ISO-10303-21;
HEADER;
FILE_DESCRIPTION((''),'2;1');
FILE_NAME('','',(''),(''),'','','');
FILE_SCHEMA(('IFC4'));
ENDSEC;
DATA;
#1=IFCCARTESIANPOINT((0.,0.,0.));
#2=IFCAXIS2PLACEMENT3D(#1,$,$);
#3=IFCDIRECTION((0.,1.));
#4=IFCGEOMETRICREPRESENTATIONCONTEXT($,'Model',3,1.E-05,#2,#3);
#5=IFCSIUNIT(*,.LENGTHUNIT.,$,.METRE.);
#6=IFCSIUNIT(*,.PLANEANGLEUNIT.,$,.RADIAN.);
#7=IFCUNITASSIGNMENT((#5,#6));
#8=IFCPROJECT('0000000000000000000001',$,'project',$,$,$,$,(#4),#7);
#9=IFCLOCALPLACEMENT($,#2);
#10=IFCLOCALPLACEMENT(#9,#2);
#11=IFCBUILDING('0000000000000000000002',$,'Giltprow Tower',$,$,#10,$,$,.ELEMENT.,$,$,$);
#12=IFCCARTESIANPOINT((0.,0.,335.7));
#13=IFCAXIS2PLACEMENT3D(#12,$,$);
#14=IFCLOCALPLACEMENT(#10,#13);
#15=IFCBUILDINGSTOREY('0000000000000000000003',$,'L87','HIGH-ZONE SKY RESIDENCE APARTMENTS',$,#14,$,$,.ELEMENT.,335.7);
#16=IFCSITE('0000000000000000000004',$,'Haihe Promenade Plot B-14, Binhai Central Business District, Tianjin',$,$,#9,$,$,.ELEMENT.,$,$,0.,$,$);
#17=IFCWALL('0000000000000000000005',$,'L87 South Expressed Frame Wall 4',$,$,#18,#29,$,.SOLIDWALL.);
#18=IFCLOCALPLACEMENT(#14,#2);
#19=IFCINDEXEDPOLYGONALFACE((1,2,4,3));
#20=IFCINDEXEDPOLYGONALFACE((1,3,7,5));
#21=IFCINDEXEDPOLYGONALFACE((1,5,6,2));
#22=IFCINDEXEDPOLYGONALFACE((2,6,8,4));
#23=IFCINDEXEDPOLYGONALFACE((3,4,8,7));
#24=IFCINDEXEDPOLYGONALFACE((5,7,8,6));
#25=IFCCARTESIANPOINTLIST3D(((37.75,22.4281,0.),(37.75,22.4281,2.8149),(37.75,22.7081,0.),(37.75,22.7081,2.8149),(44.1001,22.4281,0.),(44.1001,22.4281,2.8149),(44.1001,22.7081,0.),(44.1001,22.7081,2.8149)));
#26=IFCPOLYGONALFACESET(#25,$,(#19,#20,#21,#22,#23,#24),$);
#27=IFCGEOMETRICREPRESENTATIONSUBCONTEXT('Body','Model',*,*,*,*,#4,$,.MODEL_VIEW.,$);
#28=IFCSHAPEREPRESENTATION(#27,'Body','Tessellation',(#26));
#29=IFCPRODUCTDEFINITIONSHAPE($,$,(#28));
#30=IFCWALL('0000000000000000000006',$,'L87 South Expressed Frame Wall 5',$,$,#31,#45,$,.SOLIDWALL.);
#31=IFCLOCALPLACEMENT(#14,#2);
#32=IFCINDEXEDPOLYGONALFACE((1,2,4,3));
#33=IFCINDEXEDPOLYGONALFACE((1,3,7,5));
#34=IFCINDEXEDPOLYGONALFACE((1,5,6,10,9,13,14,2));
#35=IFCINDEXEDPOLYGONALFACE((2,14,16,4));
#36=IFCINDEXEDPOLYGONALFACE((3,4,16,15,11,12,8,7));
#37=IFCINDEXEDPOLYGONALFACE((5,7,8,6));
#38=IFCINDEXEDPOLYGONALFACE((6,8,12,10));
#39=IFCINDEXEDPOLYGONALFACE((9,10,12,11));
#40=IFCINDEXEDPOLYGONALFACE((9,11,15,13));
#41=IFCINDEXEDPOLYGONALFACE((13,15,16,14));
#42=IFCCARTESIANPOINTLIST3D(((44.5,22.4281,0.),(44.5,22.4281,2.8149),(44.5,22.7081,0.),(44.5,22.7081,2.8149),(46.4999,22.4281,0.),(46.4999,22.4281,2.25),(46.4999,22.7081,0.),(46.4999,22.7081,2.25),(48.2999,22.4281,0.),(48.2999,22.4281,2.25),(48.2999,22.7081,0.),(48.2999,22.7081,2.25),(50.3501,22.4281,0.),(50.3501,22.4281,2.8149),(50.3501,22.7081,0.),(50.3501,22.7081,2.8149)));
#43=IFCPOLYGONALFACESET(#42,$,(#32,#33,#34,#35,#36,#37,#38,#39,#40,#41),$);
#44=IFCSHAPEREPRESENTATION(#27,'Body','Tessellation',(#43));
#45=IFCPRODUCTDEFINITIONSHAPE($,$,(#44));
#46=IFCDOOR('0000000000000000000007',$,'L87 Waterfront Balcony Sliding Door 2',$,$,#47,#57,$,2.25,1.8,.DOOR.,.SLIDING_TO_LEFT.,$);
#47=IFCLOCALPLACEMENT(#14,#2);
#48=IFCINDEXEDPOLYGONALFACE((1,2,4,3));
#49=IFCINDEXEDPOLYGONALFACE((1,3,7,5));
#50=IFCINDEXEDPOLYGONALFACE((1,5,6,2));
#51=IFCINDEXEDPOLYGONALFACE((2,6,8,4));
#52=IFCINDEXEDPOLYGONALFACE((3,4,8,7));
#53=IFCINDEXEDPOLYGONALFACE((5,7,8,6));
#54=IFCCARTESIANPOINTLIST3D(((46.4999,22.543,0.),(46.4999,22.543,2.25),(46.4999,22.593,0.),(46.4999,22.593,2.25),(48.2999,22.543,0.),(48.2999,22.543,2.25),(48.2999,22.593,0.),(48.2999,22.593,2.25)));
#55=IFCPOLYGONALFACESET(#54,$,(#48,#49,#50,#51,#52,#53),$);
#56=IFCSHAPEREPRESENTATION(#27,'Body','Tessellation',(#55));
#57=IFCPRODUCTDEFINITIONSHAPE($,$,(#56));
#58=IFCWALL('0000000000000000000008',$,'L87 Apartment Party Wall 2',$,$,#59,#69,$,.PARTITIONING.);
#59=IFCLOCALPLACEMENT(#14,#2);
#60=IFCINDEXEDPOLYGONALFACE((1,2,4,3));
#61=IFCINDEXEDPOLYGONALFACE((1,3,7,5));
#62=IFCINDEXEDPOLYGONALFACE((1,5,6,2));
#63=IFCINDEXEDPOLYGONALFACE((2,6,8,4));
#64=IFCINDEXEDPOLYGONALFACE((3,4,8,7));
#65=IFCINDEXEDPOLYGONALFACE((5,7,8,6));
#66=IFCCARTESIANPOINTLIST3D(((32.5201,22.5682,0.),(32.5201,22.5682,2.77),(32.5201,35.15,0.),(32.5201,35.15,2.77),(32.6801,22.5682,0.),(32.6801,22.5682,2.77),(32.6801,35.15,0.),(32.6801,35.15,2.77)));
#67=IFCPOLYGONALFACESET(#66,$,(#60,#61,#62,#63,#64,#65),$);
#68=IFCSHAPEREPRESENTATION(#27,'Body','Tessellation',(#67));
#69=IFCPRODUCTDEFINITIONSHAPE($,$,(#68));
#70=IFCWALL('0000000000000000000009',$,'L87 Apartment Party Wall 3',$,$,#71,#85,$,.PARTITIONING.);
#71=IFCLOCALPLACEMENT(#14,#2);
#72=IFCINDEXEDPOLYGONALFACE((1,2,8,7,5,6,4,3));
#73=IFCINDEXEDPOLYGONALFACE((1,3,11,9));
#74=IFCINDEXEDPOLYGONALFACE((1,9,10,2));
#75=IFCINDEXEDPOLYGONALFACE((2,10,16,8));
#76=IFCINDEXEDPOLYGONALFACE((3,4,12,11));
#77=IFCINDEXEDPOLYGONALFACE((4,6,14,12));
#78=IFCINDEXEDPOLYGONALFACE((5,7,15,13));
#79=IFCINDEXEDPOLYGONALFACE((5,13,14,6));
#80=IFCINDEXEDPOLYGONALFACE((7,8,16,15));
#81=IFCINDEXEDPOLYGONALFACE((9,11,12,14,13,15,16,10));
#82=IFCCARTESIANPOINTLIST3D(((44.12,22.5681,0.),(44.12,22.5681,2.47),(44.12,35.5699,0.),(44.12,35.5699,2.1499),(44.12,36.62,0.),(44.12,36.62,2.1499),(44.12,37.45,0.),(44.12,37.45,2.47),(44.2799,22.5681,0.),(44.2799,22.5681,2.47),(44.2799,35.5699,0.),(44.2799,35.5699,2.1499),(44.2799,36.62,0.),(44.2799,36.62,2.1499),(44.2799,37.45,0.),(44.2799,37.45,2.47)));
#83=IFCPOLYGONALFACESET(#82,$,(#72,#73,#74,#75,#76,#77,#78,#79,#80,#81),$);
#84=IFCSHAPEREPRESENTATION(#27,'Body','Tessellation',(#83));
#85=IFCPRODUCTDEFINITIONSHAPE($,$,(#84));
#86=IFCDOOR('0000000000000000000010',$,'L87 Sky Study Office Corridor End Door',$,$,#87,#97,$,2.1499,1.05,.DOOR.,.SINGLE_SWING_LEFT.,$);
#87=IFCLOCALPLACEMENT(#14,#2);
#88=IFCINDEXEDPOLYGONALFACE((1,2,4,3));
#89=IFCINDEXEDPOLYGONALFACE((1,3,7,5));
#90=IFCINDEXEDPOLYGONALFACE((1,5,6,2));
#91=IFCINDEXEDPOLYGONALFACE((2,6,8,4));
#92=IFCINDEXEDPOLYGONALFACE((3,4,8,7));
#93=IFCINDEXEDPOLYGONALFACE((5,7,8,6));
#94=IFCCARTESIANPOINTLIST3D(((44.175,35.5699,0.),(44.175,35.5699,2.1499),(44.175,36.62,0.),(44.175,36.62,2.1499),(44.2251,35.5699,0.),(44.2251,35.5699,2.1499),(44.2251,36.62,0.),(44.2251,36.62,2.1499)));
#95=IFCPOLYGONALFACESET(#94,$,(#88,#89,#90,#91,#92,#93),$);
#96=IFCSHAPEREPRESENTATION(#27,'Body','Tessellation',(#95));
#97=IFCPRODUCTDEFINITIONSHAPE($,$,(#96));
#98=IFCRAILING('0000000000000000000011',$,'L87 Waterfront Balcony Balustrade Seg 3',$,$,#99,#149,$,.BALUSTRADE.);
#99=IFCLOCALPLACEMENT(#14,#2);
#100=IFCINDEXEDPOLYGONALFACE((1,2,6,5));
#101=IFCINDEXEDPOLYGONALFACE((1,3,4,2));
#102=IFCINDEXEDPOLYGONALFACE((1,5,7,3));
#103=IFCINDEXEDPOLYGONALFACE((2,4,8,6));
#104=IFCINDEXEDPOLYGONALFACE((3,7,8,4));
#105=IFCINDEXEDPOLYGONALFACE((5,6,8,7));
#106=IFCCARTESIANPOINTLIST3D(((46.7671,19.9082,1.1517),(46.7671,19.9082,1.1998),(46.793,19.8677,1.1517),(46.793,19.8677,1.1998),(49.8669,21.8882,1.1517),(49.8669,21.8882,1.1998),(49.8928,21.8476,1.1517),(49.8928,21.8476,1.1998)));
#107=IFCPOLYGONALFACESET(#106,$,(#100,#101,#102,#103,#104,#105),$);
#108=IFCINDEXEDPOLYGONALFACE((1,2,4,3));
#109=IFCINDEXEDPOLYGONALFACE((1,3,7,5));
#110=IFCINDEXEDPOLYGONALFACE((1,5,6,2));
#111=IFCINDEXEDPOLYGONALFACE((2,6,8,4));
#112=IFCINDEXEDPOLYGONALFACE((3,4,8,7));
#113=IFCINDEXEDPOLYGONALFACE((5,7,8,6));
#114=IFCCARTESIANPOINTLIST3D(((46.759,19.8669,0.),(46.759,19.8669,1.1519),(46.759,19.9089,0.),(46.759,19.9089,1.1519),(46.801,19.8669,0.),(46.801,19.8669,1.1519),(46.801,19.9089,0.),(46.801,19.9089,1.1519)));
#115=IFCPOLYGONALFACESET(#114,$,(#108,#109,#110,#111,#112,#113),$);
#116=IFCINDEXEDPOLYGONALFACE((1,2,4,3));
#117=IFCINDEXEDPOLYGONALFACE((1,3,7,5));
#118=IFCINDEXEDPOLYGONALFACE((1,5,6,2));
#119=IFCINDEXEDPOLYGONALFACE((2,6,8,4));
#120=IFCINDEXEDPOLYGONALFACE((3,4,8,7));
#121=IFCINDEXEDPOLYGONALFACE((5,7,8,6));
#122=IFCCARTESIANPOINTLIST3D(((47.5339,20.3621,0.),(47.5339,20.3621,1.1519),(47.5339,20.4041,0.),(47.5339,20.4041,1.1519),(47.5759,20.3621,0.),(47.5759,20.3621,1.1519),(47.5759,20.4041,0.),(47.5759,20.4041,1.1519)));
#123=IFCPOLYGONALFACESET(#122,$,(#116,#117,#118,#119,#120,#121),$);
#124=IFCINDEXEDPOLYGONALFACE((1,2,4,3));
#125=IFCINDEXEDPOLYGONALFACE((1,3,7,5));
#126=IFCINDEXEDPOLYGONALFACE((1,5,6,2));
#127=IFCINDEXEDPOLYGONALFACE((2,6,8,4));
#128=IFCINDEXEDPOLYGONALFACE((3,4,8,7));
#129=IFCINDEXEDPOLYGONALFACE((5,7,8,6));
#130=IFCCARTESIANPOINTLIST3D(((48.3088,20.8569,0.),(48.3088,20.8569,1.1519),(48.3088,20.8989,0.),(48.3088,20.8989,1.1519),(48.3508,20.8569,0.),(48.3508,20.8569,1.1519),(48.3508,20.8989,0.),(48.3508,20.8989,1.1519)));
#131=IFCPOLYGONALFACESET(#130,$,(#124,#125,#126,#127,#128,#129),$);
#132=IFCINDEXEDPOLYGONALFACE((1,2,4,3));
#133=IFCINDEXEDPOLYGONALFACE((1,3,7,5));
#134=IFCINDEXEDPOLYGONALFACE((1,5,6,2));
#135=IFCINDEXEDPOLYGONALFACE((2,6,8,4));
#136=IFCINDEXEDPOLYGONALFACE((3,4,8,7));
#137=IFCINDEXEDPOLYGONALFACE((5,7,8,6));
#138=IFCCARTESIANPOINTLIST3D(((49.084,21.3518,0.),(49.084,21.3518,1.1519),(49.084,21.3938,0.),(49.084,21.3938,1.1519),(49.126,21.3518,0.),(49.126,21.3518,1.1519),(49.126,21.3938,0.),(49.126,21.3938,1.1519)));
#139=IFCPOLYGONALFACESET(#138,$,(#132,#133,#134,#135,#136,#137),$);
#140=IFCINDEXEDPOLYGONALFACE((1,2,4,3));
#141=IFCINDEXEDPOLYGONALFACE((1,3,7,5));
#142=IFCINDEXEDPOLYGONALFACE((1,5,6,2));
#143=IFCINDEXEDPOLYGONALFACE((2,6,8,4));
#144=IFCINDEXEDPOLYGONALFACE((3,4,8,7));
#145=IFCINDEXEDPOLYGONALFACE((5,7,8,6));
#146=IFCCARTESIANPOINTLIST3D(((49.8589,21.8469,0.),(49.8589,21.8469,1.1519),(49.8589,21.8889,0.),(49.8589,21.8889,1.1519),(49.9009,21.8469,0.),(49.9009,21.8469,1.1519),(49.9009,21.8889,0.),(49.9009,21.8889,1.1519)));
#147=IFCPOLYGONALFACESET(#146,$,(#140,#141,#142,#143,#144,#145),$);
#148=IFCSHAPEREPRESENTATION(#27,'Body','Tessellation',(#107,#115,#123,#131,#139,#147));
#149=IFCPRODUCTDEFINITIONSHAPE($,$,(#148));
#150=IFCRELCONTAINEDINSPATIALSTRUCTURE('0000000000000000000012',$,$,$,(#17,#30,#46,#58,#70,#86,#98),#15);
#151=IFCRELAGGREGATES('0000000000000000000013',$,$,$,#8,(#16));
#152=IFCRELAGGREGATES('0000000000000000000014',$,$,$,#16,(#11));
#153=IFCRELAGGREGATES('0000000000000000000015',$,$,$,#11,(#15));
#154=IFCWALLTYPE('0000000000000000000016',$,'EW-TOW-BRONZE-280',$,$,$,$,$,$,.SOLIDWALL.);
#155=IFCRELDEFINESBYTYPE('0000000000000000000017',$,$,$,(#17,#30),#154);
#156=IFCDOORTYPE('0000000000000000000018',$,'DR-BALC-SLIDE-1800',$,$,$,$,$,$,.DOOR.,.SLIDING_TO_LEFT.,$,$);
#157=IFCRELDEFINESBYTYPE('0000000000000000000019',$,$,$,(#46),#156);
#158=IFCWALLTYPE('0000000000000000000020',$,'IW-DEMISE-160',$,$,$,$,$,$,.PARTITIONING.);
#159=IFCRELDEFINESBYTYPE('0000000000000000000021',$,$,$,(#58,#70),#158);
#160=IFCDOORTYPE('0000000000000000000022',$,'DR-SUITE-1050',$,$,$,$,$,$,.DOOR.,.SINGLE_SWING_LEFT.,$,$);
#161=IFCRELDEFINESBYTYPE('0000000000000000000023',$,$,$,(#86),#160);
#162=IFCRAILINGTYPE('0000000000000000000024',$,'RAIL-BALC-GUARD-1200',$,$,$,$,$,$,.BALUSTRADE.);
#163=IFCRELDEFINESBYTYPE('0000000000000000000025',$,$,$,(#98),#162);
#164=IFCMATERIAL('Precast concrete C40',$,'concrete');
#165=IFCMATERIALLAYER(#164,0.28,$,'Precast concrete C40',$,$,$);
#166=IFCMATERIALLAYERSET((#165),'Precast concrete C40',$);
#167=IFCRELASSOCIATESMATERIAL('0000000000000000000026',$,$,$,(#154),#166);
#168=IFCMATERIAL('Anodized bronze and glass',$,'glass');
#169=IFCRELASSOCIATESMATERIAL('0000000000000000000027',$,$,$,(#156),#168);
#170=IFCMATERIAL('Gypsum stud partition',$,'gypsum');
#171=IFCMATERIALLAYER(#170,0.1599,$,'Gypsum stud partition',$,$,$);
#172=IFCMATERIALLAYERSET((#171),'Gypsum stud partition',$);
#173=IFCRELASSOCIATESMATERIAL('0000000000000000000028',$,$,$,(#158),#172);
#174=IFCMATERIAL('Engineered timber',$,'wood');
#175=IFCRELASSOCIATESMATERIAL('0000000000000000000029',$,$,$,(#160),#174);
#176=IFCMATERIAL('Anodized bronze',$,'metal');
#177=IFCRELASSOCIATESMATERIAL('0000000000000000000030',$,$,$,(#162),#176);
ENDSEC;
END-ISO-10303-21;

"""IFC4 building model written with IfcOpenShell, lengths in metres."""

from ifc_helpers import new_model, si_unit, direction, frame, frame_2d, origin, origin_2d, place, context, subcontext, project, spatial, rectangle, extrude, source, transform, mapped, material, layer, layer_set, type_object, element, fill, save


model = new_model("IFC4")

# Units and contexts
model_context = context("Model", 3, precision=1e-05, world=origin(), true_north=direction((0.0, 1.0)))
body_context = subcontext(model_context, "Body", "Model", "MODEL_VIEW")
ifc_project = project(units=[si_unit("LENGTHUNIT", "METRE"), si_unit("PLANEANGLEUNIT", "RADIAN")], contexts=[model_context])

# Site, building, storey
site_placement = place(None, origin())
site = spatial("IfcSite", under=ifc_project, at=site_placement, Name="Haihe Promenade Plot B-14, Binhai Central Business District, Tianjin", CompositionType="ELEMENT", RefElevation=0.0)
building_placement = place(site_placement, origin())
building = spatial("IfcBuilding", under=site, at=building_placement, Name="Giltprow Tower", CompositionType="ELEMENT")
storey_placement = place(building_placement, frame((0.0, 0.0, 335.7)))
storey = spatial("IfcBuildingStorey", under=building, at=storey_placement, Name="L87", Description="HIGH-ZONE SKY RESIDENCE APARTMENTS", CompositionType="ELEMENT", Elevation=335.7)

# Wall
ifc_material_1 = material(Name="Precast concrete C40", Category="concrete")
ifc_layer_1 = layer(ifc_material_1, 0.28, Name="Precast concrete C40")
ifc_layer_set_1 = layer_set([ifc_layer_1], Name="Precast concrete C40")
wall_type_1 = type_object("IfcWallType", Name="EW-TOW-BRONZE-280", PredefinedType="SOLIDWALL", material=ifc_layer_set_1)
wall_1_placement = place(storey_placement, frame((37.75, 22.5681, 0.0), z_axis=(0.0, 0.0, 1.0), x_axis=(1.0, 0.0, 0.0)))
element("IfcWall", 1, at=wall_1_placement, inside=storey, type_object=wall_type_1, Name="L87 South Expressed Frame Wall 4", PredefinedType="SOLIDWALL", context=body_context, shape_type="SweptSolid", body=[
    extrude(rectangle(XDim=6.3501, YDim=0.28, at=frame_2d((3.175, 0.0))), origin(), (0.0, 0.0, 1.0), 2.8149),
])

# Wall, opening, door
wall_2_placement = place(storey_placement, frame((44.5, 22.5681, 0.0), z_axis=(0.0, 0.0, 1.0), x_axis=(1.0, 0.0, 0.0)))
wall_2 = element("IfcWall", 2, at=wall_2_placement, inside=storey, type_object=wall_type_1, Name="L87 South Expressed Frame Wall 5", PredefinedType="SOLIDWALL", context=body_context, shape_type="SweptSolid", body=[
    extrude(rectangle(XDim=5.8501, YDim=0.28, at=frame_2d((2.925, 0.0))), origin(), (0.0, 0.0, 1.0), 2.8149),
])
opening_1_placement = place(wall_2_placement, frame((2.0, 0.0, 0.0)))
opening_1 = element("IfcOpeningElement", 3, at=opening_1_placement, cuts=wall_2, PredefinedType="OPENING", context=body_context, shape_type="SweptSolid", body=[
    extrude(rectangle(XDim=1.8, YDim=2.25, at=frame_2d((0.8999, 1.125))), frame((0.0, 0.1499, 0.0), z_axis=(0.0, -1.0, 0.0), x_axis=(1.0, 0.0, 0.0)), (0.0, 0.0, 1.0), 0.3),
])
ifc_material_2 = material(Name="Anodized bronze and glass", Category="glass")
door_type_1 = type_object("IfcDoorType", Name="DR-BALC-SLIDE-1800", OperationType="SLIDING_TO_LEFT", PredefinedType="DOOR", material=ifc_material_2)
shared_shape_1 = source(origin(), body_context, "Body", "SweptSolid", [
    extrude(rectangle(XDim=1.8, YDim=2.25, at=frame_2d((0.8999, 1.125))), frame((0.0, 0.0249, 0.0), z_axis=(0.0, -1.0, 0.0), x_axis=(1.0, 0.0, 0.0)), (0.0, 0.0, 1.0), 0.05),
])
door_1_placement = place(opening_1_placement, origin())
door_1 = element("IfcDoor", 4, at=door_1_placement, inside=storey, type_object=door_type_1, Name="L87 Waterfront Balcony Sliding Door 2", OperationType="SLIDING_TO_LEFT", OverallHeight=2.25, OverallWidth=1.8, PredefinedType="DOOR", context=body_context, shape_type="MappedRepresentation", body=[
    mapped(shared_shape_1, transform((0.0, 0.0, 0.0), x_axis=(1.0, 0.0, 0.0), y_axis=(0.0, 1.0, 0.0), z_axis=(0.0, 0.0, 1.0), scale=1.0)),
])
fill(opening_1, door_1)

# Wall
ifc_material_3 = material(Name="Gypsum stud partition", Category="gypsum")
ifc_layer_2 = layer(ifc_material_3, 0.1599, Name="Gypsum stud partition")
ifc_layer_set_2 = layer_set([ifc_layer_2], Name="Gypsum stud partition")
wall_type_2 = type_object("IfcWallType", Name="IW-DEMISE-160", PredefinedType="PARTITIONING", material=ifc_layer_set_2)
wall_3_placement = place(storey_placement, frame((32.6001, 22.5681, 0.0), z_axis=(0.0, 0.0, 1.0), x_axis=(0.0, 1.0, 0.0)))
element("IfcWall", 5, at=wall_3_placement, inside=storey, type_object=wall_type_2, Name="L87 Apartment Party Wall 2", PredefinedType="PARTITIONING", context=body_context, shape_type="SweptSolid", body=[
    extrude(rectangle(XDim=12.5818, YDim=0.1599, at=frame_2d((6.291, 0.0))), origin(), (0.0, 0.0, 1.0), 2.77),
])

# Wall, opening, door
wall_4_placement = place(storey_placement, frame((44.2, 22.5681, 0.0), z_axis=(0.0, 0.0, 1.0), x_axis=(0.0, 1.0, 0.0)))
wall_4 = element("IfcWall", 6, at=wall_4_placement, inside=storey, type_object=wall_type_2, Name="L87 Apartment Party Wall 3", PredefinedType="PARTITIONING", context=body_context, shape_type="SweptSolid", body=[
    extrude(rectangle(XDim=14.8818, YDim=0.1599, at=frame_2d((7.4409, 0.0))), origin(), (0.0, 0.0, 1.0), 2.47),
])
opening_2_placement = place(wall_4_placement, frame((13.002, 0.0, 0.0)))
opening_2 = element("IfcOpeningElement", 7, at=opening_2_placement, cuts=wall_4, PredefinedType="OPENING", context=body_context, shape_type="SweptSolid", body=[
    extrude(rectangle(XDim=1.05, YDim=2.1499, at=frame_2d((0.5249, 1.075))), frame((0.0, 0.0898, 0.0), z_axis=(0.0, -1.0, 0.0), x_axis=(1.0, 0.0, 0.0)), (0.0, 0.0, 1.0), 0.1799),
])
ifc_material_4 = material(Name="Engineered timber", Category="wood")
door_type_2 = type_object("IfcDoorType", Name="DR-SUITE-1050", OperationType="SINGLE_SWING_LEFT", PredefinedType="DOOR", material=ifc_material_4)
shared_shape_2 = source(origin(), body_context, "Body", "SweptSolid", [
    extrude(rectangle(XDim=1.05, YDim=2.1499, at=frame_2d((0.5249, 1.075))), frame((0.0, 0.0249, 0.0), z_axis=(0.0, -1.0, 0.0), x_axis=(1.0, 0.0, 0.0)), (0.0, 0.0, 1.0), 0.05),
])
door_2_placement = place(opening_2_placement, origin())
door_2 = element("IfcDoor", 8, at=door_2_placement, inside=storey, type_object=door_type_2, Name="L87 Sky Study Office Corridor End Door", OperationType="SINGLE_SWING_LEFT", OverallHeight=2.1499, OverallWidth=1.05, PredefinedType="DOOR", context=body_context, shape_type="MappedRepresentation", body=[
    mapped(shared_shape_2, transform((0.0, 0.0, 0.0), x_axis=(1.0, 0.0, 0.0), y_axis=(0.0, 1.0, 0.0), z_axis=(0.0, 0.0, 1.0), scale=1.0)),
])
fill(opening_2, door_2)

# Railing
ifc_material_5 = material(Name="Anodized bronze", Category="metal")
railing_type = type_object("IfcRailingType", Name="RAIL-BALC-GUARD-1200", PredefinedType="BALUSTRADE", material=ifc_material_5)
railing_1_placement = place(storey_placement, frame((46.78, 19.8879, 0.0)))
element("IfcRailing", 9, at=railing_1_placement, inside=storey, type_object=railing_type, Name="L87 Waterfront Balcony Balustrade Seg 3", PredefinedType="BALUSTRADE", context=body_context, shape_type="SweptSolid", body=[
    extrude(rectangle(XDim=0.0481, YDim=0.0481, at=origin_2d()), frame((0.0, 0.0, 1.1758), z_axis=(0.842756, 0.538296, 0.0), x_axis=(-0.538296, 0.842756, 0.0)), (0.0, 0.0, 1.0), 3.6782),
    extrude(rectangle(XDim=0.042, YDim=0.042, at=origin_2d()), origin(), (0.0, 0.0, 1.0), 1.1519),
    extrude(rectangle(XDim=0.042, YDim=0.042, at=origin_2d()), frame((0.7749, 0.4951, 0.0)), (0.0, 0.0, 1.0), 1.1519),
    extrude(rectangle(XDim=0.042, YDim=0.042, at=origin_2d()), frame((1.5498, 0.99, 0.0)), (0.0, 0.0, 1.0), 1.1519),
    extrude(rectangle(XDim=0.042, YDim=0.042, at=origin_2d()), frame((2.325, 1.4849, 0.0)), (0.0, 0.0, 1.0), 1.1519),
    extrude(rectangle(XDim=0.042, YDim=0.042, at=origin_2d()), frame((3.0999, 1.98, 0.0)), (0.0, 0.0, 1.0), 1.1519),
])

save(model, "model.ifc")
